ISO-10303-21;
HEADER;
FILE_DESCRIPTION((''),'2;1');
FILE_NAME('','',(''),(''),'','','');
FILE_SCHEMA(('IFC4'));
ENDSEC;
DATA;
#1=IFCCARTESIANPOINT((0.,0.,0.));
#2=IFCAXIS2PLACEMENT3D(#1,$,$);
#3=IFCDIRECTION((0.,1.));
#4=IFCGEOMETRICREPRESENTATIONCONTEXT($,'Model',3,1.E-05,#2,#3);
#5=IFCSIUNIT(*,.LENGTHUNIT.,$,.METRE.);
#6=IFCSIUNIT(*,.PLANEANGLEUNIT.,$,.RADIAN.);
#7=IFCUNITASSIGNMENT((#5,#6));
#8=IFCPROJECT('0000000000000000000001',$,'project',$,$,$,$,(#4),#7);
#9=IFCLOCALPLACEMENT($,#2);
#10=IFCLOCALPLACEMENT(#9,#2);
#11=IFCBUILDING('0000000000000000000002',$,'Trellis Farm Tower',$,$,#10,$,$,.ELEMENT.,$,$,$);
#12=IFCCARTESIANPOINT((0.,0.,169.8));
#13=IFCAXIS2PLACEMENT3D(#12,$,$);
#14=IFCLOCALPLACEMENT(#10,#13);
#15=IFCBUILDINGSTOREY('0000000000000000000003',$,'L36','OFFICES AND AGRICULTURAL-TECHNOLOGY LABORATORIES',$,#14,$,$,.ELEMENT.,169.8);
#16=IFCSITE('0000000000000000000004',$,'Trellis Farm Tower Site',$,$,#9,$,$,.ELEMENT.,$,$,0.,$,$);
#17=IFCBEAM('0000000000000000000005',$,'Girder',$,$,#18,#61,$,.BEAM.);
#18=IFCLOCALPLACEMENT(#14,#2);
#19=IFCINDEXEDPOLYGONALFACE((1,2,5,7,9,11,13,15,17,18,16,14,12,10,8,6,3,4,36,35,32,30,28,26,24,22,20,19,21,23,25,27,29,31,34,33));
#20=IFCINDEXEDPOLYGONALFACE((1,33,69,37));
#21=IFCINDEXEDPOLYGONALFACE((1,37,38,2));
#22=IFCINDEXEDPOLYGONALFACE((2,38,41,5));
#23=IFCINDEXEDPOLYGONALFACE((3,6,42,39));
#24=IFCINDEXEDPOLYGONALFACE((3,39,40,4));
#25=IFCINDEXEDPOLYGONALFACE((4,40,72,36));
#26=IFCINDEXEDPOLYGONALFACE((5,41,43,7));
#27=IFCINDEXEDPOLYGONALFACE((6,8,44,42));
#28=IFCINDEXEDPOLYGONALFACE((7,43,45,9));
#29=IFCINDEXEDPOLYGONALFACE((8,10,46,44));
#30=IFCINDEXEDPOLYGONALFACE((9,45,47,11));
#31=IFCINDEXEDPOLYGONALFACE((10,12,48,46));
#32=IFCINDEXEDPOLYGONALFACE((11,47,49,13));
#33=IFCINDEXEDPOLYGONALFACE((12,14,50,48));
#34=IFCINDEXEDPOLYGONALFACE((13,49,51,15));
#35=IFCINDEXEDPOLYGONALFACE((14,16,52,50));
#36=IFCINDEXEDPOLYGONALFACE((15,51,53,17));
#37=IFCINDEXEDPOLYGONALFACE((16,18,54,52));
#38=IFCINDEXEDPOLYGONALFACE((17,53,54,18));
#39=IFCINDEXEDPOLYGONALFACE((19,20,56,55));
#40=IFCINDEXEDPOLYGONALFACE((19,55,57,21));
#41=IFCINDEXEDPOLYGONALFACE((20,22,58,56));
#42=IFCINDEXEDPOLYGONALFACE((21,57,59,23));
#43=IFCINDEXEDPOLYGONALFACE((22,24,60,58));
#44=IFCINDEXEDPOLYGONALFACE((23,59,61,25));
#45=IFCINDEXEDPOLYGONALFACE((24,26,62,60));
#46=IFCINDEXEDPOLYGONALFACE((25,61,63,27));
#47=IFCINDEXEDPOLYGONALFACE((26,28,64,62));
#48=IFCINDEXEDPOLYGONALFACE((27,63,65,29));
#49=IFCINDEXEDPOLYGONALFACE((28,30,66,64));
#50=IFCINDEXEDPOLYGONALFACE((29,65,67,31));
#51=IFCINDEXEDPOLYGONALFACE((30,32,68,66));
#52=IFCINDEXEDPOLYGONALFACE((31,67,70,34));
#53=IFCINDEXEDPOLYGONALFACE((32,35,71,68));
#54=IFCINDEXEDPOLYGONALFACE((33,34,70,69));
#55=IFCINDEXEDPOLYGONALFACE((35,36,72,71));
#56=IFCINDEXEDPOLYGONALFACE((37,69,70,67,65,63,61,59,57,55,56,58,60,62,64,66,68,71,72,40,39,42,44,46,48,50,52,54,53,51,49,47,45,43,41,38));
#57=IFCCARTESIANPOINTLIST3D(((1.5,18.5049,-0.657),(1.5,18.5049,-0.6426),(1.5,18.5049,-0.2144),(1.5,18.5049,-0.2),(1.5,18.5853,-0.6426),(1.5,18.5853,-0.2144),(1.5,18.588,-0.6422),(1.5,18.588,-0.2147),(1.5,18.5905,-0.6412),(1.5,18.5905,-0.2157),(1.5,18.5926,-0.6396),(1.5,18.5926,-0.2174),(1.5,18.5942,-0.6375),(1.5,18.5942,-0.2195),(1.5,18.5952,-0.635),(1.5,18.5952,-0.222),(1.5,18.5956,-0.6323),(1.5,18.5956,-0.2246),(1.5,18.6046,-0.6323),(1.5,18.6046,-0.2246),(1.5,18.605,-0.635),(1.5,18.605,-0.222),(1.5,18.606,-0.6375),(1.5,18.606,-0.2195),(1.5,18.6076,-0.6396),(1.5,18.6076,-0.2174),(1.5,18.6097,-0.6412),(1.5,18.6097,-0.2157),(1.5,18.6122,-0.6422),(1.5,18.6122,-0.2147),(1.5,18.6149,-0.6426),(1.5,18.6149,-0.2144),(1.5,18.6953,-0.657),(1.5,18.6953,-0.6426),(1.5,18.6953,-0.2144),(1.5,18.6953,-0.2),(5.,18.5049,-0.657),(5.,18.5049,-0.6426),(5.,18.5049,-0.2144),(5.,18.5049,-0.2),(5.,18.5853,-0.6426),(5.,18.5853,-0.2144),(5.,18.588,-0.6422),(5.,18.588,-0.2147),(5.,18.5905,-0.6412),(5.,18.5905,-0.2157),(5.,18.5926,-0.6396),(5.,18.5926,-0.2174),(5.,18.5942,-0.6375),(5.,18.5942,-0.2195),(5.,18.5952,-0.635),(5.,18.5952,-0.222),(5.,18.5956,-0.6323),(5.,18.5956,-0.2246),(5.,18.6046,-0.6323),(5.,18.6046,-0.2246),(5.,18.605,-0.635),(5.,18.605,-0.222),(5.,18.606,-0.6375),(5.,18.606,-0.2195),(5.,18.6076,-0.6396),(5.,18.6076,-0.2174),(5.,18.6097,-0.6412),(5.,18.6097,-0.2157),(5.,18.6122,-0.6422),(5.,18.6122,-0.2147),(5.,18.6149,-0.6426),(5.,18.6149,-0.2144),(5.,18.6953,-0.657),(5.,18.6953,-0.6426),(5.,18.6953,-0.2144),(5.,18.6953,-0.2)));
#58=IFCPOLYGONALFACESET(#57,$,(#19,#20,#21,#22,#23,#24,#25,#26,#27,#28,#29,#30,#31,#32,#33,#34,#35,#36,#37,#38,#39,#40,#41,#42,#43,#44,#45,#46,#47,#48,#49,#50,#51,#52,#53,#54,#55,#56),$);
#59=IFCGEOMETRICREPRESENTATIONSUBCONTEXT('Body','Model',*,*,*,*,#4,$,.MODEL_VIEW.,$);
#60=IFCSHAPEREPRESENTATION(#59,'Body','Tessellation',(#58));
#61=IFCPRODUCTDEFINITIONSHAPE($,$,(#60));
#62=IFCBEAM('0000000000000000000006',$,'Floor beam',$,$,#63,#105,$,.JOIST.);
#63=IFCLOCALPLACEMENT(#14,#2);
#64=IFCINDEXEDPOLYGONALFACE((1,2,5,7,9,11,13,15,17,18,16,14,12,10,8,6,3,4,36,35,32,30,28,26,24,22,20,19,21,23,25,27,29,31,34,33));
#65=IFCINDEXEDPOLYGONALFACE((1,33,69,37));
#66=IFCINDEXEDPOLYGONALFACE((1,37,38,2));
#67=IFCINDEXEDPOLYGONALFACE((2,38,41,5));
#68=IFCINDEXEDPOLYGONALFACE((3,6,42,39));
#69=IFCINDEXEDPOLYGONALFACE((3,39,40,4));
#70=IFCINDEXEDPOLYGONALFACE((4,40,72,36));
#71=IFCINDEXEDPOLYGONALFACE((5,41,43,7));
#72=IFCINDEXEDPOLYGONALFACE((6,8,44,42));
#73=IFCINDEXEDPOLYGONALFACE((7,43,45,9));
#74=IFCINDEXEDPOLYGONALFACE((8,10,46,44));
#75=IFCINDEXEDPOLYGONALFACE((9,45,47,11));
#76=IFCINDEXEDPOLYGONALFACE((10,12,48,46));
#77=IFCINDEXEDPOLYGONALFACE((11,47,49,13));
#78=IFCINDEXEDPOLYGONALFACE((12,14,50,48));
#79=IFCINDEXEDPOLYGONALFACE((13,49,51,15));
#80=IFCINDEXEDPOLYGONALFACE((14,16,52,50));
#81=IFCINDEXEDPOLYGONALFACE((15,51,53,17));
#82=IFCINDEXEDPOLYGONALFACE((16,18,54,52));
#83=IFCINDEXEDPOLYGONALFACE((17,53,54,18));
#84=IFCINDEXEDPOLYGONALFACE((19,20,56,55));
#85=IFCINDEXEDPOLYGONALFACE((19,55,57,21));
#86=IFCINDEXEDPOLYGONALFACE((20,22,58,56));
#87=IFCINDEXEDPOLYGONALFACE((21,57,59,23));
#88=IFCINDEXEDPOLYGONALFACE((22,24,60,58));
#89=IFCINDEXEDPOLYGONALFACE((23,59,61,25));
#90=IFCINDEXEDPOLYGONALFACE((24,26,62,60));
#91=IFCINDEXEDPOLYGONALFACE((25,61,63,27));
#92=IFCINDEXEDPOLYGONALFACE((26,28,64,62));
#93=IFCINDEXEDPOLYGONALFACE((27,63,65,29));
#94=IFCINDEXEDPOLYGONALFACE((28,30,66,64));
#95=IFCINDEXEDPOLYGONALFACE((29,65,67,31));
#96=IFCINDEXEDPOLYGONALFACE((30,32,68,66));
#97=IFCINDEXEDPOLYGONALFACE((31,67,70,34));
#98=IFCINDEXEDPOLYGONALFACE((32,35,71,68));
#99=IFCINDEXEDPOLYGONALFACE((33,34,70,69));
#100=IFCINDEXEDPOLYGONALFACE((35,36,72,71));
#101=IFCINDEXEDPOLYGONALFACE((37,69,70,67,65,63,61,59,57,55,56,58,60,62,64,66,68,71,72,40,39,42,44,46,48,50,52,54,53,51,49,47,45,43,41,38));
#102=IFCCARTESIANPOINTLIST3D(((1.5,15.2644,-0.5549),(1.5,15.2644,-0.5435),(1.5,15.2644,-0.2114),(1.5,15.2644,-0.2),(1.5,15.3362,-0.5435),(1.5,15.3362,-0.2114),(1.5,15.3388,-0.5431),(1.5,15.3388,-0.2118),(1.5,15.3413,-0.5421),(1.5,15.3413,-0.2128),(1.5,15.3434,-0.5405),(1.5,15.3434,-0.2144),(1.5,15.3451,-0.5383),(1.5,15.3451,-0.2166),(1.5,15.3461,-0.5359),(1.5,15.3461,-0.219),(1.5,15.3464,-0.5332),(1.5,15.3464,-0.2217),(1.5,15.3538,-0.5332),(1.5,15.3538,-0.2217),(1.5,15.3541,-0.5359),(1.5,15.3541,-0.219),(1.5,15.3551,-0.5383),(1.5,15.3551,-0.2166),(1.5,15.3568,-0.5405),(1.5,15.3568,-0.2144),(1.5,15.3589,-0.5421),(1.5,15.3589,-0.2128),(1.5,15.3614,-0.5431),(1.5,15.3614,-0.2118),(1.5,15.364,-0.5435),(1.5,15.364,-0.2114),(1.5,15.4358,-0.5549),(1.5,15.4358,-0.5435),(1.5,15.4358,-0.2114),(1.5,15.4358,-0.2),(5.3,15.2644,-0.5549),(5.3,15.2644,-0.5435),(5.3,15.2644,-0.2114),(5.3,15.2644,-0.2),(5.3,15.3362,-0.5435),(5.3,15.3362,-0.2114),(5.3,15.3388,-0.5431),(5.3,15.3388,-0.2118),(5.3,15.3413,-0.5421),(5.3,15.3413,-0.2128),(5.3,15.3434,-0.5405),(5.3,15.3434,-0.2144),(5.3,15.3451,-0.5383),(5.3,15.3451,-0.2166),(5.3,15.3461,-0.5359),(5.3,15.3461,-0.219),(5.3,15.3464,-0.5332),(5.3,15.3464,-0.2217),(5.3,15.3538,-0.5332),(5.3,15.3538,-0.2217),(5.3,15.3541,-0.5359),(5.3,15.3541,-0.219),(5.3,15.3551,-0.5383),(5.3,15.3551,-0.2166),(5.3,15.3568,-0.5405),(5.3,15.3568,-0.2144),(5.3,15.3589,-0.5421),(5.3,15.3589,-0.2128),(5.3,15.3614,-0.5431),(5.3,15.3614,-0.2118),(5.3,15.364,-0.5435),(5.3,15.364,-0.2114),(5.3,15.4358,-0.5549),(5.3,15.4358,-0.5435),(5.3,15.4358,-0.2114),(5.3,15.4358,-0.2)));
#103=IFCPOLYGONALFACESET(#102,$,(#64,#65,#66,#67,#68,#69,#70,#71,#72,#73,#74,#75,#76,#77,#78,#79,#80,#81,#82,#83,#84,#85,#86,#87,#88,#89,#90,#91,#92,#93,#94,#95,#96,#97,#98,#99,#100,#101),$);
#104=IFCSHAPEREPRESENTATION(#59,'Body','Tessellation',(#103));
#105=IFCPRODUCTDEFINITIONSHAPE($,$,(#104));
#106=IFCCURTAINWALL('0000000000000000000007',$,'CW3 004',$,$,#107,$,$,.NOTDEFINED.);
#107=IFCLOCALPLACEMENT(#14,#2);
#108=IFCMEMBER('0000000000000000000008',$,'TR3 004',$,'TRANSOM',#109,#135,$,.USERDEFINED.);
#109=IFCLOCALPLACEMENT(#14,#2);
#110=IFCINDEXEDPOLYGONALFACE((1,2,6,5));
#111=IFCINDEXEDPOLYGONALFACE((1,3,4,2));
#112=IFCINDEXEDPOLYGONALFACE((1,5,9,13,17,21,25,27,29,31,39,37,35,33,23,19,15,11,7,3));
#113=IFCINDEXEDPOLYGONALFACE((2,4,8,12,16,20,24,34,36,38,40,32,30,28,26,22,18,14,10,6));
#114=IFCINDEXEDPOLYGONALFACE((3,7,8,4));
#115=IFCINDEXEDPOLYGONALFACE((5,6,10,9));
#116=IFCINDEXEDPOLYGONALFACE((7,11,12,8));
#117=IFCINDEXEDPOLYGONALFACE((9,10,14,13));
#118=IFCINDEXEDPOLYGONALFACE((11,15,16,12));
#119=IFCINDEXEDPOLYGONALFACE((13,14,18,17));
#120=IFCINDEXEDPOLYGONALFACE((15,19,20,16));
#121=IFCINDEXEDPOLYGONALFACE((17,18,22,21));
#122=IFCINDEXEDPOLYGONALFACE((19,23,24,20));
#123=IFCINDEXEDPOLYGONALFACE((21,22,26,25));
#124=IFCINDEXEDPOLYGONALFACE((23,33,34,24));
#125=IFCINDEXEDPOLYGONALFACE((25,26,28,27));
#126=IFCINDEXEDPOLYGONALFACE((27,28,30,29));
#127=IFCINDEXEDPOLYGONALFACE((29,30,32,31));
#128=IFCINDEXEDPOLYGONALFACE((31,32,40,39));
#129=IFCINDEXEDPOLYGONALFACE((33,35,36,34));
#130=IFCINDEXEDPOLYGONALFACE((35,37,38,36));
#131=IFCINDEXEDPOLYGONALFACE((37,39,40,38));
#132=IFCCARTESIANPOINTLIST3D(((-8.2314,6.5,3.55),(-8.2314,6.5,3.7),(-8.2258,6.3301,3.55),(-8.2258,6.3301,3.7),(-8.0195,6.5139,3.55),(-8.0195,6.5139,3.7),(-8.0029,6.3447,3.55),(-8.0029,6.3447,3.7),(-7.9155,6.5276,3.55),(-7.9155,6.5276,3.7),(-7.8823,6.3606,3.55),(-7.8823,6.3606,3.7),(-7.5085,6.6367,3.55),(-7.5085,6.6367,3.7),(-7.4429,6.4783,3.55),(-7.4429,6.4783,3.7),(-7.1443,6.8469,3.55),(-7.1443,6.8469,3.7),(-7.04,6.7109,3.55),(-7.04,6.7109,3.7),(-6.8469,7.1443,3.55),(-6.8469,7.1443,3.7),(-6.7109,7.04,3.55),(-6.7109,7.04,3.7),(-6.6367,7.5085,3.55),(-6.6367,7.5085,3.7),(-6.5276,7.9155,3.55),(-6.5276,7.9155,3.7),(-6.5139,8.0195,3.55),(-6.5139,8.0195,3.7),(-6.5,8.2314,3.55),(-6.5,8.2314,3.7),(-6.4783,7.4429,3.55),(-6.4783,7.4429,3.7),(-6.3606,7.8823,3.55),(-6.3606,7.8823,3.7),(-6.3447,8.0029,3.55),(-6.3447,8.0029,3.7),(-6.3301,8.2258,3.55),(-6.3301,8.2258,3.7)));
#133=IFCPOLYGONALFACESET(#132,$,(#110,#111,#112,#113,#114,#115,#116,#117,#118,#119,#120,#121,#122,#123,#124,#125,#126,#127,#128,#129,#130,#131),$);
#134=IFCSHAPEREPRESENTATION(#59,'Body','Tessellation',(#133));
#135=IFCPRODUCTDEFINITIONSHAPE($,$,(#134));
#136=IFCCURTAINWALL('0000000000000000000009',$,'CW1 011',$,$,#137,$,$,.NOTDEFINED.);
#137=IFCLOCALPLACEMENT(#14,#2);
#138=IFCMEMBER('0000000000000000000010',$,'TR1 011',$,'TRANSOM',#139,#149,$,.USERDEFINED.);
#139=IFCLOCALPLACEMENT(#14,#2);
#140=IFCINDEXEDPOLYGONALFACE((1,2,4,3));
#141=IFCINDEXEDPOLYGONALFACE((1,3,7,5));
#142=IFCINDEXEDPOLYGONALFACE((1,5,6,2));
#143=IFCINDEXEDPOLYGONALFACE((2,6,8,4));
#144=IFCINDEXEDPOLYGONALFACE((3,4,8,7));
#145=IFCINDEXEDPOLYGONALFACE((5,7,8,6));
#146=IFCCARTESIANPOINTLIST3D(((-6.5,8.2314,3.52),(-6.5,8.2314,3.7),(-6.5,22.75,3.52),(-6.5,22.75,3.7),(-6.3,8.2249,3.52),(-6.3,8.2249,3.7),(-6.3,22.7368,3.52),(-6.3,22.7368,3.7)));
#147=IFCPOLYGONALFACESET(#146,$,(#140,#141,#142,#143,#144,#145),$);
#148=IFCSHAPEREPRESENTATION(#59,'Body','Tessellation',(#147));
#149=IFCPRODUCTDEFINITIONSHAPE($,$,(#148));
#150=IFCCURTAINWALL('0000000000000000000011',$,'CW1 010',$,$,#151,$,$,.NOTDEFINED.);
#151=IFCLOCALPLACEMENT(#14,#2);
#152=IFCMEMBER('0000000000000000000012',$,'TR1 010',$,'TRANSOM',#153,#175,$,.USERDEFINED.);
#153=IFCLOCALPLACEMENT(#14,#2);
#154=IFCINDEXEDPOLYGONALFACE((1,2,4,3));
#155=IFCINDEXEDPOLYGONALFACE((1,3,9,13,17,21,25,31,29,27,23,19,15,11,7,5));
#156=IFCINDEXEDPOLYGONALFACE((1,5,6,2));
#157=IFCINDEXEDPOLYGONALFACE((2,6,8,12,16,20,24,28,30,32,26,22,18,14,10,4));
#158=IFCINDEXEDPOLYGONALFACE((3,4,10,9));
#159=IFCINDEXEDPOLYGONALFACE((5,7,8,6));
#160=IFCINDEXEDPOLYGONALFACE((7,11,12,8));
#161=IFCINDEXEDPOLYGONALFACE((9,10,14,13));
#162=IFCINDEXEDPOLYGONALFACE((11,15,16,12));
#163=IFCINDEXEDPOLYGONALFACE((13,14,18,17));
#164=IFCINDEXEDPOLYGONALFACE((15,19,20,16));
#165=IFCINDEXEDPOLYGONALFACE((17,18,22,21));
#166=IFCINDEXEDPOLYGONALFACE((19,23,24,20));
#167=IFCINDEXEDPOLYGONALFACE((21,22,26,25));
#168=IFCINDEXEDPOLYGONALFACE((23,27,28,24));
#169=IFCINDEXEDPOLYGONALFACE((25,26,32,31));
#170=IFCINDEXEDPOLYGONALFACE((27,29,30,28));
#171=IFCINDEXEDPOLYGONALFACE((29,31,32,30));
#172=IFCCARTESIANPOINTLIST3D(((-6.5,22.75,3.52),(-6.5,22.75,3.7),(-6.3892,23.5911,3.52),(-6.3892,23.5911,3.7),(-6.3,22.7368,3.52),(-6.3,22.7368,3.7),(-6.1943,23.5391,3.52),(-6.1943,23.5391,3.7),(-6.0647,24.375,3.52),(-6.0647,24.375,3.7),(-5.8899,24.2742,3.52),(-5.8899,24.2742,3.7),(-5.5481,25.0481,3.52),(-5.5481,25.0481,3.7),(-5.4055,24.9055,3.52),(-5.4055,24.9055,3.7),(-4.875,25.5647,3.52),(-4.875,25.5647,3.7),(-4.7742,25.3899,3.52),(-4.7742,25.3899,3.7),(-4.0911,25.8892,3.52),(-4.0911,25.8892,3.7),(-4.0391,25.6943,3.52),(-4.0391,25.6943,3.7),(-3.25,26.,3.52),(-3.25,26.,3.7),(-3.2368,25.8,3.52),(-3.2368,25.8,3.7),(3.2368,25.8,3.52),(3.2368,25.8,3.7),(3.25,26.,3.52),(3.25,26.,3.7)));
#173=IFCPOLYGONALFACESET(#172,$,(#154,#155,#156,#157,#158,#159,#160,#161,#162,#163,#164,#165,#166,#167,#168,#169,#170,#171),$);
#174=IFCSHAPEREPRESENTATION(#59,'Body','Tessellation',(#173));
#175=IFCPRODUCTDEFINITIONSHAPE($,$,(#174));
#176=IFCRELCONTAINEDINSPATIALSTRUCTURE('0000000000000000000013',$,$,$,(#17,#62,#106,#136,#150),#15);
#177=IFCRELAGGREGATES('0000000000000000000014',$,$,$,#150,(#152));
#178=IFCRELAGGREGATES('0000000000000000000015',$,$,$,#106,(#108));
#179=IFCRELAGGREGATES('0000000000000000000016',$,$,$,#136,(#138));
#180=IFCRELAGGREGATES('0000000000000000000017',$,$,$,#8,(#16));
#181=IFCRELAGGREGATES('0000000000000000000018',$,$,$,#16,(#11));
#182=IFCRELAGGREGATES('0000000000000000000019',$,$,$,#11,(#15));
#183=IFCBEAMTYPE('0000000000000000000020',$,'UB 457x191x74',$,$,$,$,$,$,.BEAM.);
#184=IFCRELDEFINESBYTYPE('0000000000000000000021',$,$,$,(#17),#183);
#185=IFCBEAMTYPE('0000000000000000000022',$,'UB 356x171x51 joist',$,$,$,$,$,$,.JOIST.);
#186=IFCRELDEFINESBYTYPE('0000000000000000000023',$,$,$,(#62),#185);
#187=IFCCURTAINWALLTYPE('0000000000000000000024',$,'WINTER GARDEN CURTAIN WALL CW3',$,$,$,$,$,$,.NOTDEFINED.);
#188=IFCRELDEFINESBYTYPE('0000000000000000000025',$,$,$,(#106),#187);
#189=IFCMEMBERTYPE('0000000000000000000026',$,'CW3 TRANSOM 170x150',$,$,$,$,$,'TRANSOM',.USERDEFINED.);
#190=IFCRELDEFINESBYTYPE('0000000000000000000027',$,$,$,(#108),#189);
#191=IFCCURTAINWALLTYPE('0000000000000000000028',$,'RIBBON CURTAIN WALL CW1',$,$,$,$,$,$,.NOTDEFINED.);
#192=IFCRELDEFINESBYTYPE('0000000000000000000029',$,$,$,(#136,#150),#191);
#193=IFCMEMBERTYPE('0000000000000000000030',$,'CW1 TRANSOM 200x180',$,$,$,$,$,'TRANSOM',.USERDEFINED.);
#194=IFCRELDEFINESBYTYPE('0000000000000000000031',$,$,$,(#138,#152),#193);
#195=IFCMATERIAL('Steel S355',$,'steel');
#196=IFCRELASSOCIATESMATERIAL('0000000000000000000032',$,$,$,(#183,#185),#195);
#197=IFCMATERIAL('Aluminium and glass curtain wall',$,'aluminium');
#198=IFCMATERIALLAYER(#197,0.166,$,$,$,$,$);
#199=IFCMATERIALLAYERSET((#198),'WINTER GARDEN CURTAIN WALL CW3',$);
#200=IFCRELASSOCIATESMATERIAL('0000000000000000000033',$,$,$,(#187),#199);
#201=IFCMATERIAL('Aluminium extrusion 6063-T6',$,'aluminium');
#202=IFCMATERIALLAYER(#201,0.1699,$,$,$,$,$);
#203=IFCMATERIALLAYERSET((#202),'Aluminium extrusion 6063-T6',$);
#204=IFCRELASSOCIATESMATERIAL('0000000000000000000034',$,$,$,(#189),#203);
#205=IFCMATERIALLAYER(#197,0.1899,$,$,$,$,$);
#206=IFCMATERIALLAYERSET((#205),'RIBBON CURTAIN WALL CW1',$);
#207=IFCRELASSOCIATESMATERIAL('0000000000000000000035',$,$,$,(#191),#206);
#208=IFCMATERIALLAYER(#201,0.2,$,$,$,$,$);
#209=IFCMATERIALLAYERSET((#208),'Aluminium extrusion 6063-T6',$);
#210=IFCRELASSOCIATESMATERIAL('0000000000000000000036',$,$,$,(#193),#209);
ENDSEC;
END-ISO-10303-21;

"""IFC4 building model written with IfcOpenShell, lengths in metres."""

from ifc_helpers import new_model, si_unit, direction, frame, origin, origin_2d, place, context, subcontext, project, spatial, polyline, i_section, outline, extrude, source, transform, mapped, material, layer, layer_set, material_profile, profile_set, type_object, element, aggregate, save


model = new_model("IFC4")

# Units and contexts
model_context = context("Model", 3, precision=1e-05, world=origin(), true_north=direction((0.0, 1.0)))
body_context = subcontext(model_context, "Body", "Model", "MODEL_VIEW")
ifc_project = project(units=[si_unit("LENGTHUNIT", "METRE"), si_unit("PLANEANGLEUNIT", "RADIAN")], contexts=[model_context])

# Site, building, storey
site_placement = place(None, origin())
site = spatial("IfcSite", under=ifc_project, at=site_placement, Name="Trellis Farm Tower Site", CompositionType="ELEMENT", RefElevation=0.0)
building_placement = place(site_placement, origin())
building = spatial("IfcBuilding", under=site, at=building_placement, Name="Trellis Farm Tower", CompositionType="ELEMENT")
storey_placement = place(building_placement, frame((0.0, 0.0, 169.8)))
storey = spatial("IfcBuildingStorey", under=building, at=storey_placement, Name="L36", Description="OFFICES AND AGRICULTURAL-TECHNOLOGY LABORATORIES", CompositionType="ELEMENT", Elevation=169.8)

# Beams
ifc_material_1 = material(Name="Steel S355", Category="steel")
ifc_material_profile_1 = material_profile(ifc_material_1, i_section(OverallWidth=0.1904, OverallDepth=0.457, WebThickness=0.009, FlangeThickness=0.0144, FilletRadius=0.0103, at=origin_2d()), Name="UB 457x191x74")
ifc_profile_set_1 = profile_set([ifc_material_profile_1], Name="Steel S355")
beam_type_1 = type_object("IfcBeamType", Name="UB 457x191x74", PredefinedType="BEAM", material=ifc_profile_set_1)
shared_shape_1 = source(origin(), body_context, "Body", "SweptSolid", [
    extrude(i_section(OverallWidth=0.1904, OverallDepth=0.457, WebThickness=0.009, FlangeThickness=0.0144, FilletRadius=0.0103, at=origin_2d()), origin(), (0.0, 0.0, 1.0), 3.5),
])
beam_1_placement = place(storey_placement, frame((1.5, 18.6001, -0.4285), z_axis=(1.0, 0.0, 0.0), x_axis=(0.0, 1.0, 0.0)))
element("IfcBeam", 1, at=beam_1_placement, inside=storey, type_object=beam_type_1, Name="Girder", PredefinedType="BEAM", context=body_context, shape_type="MappedRepresentation", body=[
    mapped(shared_shape_1, transform((0.0, 0.0, 0.0))),
])
ifc_material_profile_2 = material_profile(ifc_material_1, i_section(OverallWidth=0.1714, OverallDepth=0.355, WebThickness=0.0073, FlangeThickness=0.0115, FilletRadius=0.0103, at=origin_2d()), Name="UB 356x171x51")
ifc_profile_set_2 = profile_set([ifc_material_profile_2], Name="Steel S355")
beam_type_2 = type_object("IfcBeamType", Name="UB 356x171x51 joist", PredefinedType="JOIST", material=ifc_profile_set_2)
shared_shape_2 = source(origin(), body_context, "Body", "SweptSolid", [
    extrude(i_section(OverallWidth=0.1714, OverallDepth=0.355, WebThickness=0.0073, FlangeThickness=0.0115, FilletRadius=0.0103, at=origin_2d()), origin(), (0.0, 0.0, 1.0), 3.8),
])
beam_2_placement = place(storey_placement, frame((1.5, 15.3501, -0.3774), z_axis=(1.0, 0.0, 0.0), x_axis=(0.0, 1.0, 0.0)))
element("IfcBeam", 2, at=beam_2_placement, inside=storey, type_object=beam_type_2, Name="Floor beam", PredefinedType="JOIST", context=body_context, shape_type="MappedRepresentation", body=[
    mapped(shared_shape_2, transform((0.0, 0.0, 0.0))),
])

# Curtain walls, members
ifc_material_2 = material(Name="Aluminium and glass curtain wall", Category="aluminium")
ifc_layer_1 = layer(ifc_material_2, 0.166)
ifc_layer_set_1 = layer_set([ifc_layer_1], Name="WINTER GARDEN CURTAIN WALL CW3")
curtain_wall_type_1 = type_object("IfcCurtainWallType", Name="WINTER GARDEN CURTAIN WALL CW3", PredefinedType="NOTDEFINED", material=ifc_layer_set_1)
placement_1 = place(storey_placement, origin())
curtain_wall_1 = element("IfcCurtainWall", 3, at=placement_1, inside=storey, type_object=curtain_wall_type_1, Name="CW3 004", PredefinedType="NOTDEFINED")
ifc_material_3 = material(Name="Aluminium extrusion 6063-T6", Category="aluminium")
ifc_layer_2 = layer(ifc_material_3, 0.1699)
ifc_layer_set_2 = layer_set([ifc_layer_2], Name="Aluminium extrusion 6063-T6")
member_type_1 = type_object("IfcMemberType", Name="CW3 TRANSOM 170x150", ElementType="TRANSOM", PredefinedType="USERDEFINED", material=ifc_layer_set_2)
shared_shape_3 = source(origin(), body_context, "Body", "SweptSolid", [
    extrude(outline(polyline([(-6.5, 8.2314), (-6.5139, 8.0195), (-6.5276, 7.9155), (-6.6367, 7.5085), (-6.8469, 7.1443), (-7.1443, 6.8469), (-7.5085, 6.6367), (-7.9155, 6.5276), (-8.0195, 6.5139), (-8.2314, 6.5), (-8.2258, 6.3301), (-8.0029, 6.3447), (-7.8823, 6.3606), (-7.4429, 6.4783), (-7.04, 6.7109), (-6.7109, 7.04), (-6.4783, 7.4429), (-6.3606, 7.8823), (-6.3447, 8.0029), (-6.3301, 8.2258), (-6.5, 8.2314)])), origin(), (0.0, 0.0, 1.0), 0.1499),
])
member_1_placement = place(storey_placement, frame((0.0, 0.0, 3.55)))
member_1 = element("IfcMember", 4, at=member_1_placement, type_object=member_type_1, Name="TR3 004", ObjectType="TRANSOM", PredefinedType="USERDEFINED", context=body_context, shape_type="MappedRepresentation", body=[
    mapped(shared_shape_3, transform((0.0, 0.0, 0.0))),
])
ifc_layer_3 = layer(ifc_material_2, 0.1899)
ifc_layer_set_3 = layer_set([ifc_layer_3], Name="RIBBON CURTAIN WALL CW1")
curtain_wall_type_2 = type_object("IfcCurtainWallType", Name="RIBBON CURTAIN WALL CW1", PredefinedType="NOTDEFINED", material=ifc_layer_set_3)
curtain_wall_2 = element("IfcCurtainWall", 5, at=placement_1, inside=storey, type_object=curtain_wall_type_2, Name="CW1 011", PredefinedType="NOTDEFINED")
ifc_layer_4 = layer(ifc_material_3, 0.2)
ifc_layer_set_4 = layer_set([ifc_layer_4], Name="Aluminium extrusion 6063-T6")
member_type_2 = type_object("IfcMemberType", Name="CW1 TRANSOM 200x180", ElementType="TRANSOM", PredefinedType="USERDEFINED", material=ifc_layer_set_4)
shared_shape_4 = source(origin(), body_context, "Body", "SweptSolid", [
    extrude(outline(polyline([(-6.5, 22.75), (-6.5, 8.2314), (-6.3, 8.2249), (-6.3, 22.7368), (-6.5, 22.75)])), origin(), (0.0, 0.0, 1.0), 0.1799),
])
placement_2 = place(storey_placement, frame((0.0, 0.0, 3.52)))
member_2 = element("IfcMember", 6, at=placement_2, type_object=member_type_2, Name="TR1 011", ObjectType="TRANSOM", PredefinedType="USERDEFINED", context=body_context, shape_type="MappedRepresentation", body=[
    mapped(shared_shape_4, transform((0.0, 0.0, 0.0))),
])

# Curtain wall, member
curtain_wall_3 = element("IfcCurtainWall", 7, at=placement_1, inside=storey, type_object=curtain_wall_type_2, Name="CW1 010", PredefinedType="NOTDEFINED")
shared_shape_5 = source(origin(), body_context, "Body", "SweptSolid", [
    extrude(outline(polyline([(3.25, 26.0), (-3.25, 26.0), (-4.0911, 25.8892), (-4.875, 25.5647), (-5.5481, 25.0481), (-6.0647, 24.375), (-6.3892, 23.5911), (-6.5, 22.75), (-6.3, 22.7368), (-6.1943, 23.5391), (-5.8899, 24.2742), (-5.4055, 24.9055), (-4.7742, 25.3899), (-4.0391, 25.6943), (-3.2368, 25.8), (3.2368, 25.8), (3.25, 26.0)])), origin(), (0.0, 0.0, 1.0), 0.1799),
])
member_3 = element("IfcMember", 8, at=placement_2, type_object=member_type_2, Name="TR1 010", ObjectType="TRANSOM", PredefinedType="USERDEFINED", context=body_context, shape_type="MappedRepresentation", body=[
    mapped(shared_shape_5, transform((0.0, 0.0, 0.0))),
])

aggregate(curtain_wall_3, [member_3])
aggregate(curtain_wall_1, [member_1])
aggregate(curtain_wall_2, [member_2])

save(model, "model.ifc")
